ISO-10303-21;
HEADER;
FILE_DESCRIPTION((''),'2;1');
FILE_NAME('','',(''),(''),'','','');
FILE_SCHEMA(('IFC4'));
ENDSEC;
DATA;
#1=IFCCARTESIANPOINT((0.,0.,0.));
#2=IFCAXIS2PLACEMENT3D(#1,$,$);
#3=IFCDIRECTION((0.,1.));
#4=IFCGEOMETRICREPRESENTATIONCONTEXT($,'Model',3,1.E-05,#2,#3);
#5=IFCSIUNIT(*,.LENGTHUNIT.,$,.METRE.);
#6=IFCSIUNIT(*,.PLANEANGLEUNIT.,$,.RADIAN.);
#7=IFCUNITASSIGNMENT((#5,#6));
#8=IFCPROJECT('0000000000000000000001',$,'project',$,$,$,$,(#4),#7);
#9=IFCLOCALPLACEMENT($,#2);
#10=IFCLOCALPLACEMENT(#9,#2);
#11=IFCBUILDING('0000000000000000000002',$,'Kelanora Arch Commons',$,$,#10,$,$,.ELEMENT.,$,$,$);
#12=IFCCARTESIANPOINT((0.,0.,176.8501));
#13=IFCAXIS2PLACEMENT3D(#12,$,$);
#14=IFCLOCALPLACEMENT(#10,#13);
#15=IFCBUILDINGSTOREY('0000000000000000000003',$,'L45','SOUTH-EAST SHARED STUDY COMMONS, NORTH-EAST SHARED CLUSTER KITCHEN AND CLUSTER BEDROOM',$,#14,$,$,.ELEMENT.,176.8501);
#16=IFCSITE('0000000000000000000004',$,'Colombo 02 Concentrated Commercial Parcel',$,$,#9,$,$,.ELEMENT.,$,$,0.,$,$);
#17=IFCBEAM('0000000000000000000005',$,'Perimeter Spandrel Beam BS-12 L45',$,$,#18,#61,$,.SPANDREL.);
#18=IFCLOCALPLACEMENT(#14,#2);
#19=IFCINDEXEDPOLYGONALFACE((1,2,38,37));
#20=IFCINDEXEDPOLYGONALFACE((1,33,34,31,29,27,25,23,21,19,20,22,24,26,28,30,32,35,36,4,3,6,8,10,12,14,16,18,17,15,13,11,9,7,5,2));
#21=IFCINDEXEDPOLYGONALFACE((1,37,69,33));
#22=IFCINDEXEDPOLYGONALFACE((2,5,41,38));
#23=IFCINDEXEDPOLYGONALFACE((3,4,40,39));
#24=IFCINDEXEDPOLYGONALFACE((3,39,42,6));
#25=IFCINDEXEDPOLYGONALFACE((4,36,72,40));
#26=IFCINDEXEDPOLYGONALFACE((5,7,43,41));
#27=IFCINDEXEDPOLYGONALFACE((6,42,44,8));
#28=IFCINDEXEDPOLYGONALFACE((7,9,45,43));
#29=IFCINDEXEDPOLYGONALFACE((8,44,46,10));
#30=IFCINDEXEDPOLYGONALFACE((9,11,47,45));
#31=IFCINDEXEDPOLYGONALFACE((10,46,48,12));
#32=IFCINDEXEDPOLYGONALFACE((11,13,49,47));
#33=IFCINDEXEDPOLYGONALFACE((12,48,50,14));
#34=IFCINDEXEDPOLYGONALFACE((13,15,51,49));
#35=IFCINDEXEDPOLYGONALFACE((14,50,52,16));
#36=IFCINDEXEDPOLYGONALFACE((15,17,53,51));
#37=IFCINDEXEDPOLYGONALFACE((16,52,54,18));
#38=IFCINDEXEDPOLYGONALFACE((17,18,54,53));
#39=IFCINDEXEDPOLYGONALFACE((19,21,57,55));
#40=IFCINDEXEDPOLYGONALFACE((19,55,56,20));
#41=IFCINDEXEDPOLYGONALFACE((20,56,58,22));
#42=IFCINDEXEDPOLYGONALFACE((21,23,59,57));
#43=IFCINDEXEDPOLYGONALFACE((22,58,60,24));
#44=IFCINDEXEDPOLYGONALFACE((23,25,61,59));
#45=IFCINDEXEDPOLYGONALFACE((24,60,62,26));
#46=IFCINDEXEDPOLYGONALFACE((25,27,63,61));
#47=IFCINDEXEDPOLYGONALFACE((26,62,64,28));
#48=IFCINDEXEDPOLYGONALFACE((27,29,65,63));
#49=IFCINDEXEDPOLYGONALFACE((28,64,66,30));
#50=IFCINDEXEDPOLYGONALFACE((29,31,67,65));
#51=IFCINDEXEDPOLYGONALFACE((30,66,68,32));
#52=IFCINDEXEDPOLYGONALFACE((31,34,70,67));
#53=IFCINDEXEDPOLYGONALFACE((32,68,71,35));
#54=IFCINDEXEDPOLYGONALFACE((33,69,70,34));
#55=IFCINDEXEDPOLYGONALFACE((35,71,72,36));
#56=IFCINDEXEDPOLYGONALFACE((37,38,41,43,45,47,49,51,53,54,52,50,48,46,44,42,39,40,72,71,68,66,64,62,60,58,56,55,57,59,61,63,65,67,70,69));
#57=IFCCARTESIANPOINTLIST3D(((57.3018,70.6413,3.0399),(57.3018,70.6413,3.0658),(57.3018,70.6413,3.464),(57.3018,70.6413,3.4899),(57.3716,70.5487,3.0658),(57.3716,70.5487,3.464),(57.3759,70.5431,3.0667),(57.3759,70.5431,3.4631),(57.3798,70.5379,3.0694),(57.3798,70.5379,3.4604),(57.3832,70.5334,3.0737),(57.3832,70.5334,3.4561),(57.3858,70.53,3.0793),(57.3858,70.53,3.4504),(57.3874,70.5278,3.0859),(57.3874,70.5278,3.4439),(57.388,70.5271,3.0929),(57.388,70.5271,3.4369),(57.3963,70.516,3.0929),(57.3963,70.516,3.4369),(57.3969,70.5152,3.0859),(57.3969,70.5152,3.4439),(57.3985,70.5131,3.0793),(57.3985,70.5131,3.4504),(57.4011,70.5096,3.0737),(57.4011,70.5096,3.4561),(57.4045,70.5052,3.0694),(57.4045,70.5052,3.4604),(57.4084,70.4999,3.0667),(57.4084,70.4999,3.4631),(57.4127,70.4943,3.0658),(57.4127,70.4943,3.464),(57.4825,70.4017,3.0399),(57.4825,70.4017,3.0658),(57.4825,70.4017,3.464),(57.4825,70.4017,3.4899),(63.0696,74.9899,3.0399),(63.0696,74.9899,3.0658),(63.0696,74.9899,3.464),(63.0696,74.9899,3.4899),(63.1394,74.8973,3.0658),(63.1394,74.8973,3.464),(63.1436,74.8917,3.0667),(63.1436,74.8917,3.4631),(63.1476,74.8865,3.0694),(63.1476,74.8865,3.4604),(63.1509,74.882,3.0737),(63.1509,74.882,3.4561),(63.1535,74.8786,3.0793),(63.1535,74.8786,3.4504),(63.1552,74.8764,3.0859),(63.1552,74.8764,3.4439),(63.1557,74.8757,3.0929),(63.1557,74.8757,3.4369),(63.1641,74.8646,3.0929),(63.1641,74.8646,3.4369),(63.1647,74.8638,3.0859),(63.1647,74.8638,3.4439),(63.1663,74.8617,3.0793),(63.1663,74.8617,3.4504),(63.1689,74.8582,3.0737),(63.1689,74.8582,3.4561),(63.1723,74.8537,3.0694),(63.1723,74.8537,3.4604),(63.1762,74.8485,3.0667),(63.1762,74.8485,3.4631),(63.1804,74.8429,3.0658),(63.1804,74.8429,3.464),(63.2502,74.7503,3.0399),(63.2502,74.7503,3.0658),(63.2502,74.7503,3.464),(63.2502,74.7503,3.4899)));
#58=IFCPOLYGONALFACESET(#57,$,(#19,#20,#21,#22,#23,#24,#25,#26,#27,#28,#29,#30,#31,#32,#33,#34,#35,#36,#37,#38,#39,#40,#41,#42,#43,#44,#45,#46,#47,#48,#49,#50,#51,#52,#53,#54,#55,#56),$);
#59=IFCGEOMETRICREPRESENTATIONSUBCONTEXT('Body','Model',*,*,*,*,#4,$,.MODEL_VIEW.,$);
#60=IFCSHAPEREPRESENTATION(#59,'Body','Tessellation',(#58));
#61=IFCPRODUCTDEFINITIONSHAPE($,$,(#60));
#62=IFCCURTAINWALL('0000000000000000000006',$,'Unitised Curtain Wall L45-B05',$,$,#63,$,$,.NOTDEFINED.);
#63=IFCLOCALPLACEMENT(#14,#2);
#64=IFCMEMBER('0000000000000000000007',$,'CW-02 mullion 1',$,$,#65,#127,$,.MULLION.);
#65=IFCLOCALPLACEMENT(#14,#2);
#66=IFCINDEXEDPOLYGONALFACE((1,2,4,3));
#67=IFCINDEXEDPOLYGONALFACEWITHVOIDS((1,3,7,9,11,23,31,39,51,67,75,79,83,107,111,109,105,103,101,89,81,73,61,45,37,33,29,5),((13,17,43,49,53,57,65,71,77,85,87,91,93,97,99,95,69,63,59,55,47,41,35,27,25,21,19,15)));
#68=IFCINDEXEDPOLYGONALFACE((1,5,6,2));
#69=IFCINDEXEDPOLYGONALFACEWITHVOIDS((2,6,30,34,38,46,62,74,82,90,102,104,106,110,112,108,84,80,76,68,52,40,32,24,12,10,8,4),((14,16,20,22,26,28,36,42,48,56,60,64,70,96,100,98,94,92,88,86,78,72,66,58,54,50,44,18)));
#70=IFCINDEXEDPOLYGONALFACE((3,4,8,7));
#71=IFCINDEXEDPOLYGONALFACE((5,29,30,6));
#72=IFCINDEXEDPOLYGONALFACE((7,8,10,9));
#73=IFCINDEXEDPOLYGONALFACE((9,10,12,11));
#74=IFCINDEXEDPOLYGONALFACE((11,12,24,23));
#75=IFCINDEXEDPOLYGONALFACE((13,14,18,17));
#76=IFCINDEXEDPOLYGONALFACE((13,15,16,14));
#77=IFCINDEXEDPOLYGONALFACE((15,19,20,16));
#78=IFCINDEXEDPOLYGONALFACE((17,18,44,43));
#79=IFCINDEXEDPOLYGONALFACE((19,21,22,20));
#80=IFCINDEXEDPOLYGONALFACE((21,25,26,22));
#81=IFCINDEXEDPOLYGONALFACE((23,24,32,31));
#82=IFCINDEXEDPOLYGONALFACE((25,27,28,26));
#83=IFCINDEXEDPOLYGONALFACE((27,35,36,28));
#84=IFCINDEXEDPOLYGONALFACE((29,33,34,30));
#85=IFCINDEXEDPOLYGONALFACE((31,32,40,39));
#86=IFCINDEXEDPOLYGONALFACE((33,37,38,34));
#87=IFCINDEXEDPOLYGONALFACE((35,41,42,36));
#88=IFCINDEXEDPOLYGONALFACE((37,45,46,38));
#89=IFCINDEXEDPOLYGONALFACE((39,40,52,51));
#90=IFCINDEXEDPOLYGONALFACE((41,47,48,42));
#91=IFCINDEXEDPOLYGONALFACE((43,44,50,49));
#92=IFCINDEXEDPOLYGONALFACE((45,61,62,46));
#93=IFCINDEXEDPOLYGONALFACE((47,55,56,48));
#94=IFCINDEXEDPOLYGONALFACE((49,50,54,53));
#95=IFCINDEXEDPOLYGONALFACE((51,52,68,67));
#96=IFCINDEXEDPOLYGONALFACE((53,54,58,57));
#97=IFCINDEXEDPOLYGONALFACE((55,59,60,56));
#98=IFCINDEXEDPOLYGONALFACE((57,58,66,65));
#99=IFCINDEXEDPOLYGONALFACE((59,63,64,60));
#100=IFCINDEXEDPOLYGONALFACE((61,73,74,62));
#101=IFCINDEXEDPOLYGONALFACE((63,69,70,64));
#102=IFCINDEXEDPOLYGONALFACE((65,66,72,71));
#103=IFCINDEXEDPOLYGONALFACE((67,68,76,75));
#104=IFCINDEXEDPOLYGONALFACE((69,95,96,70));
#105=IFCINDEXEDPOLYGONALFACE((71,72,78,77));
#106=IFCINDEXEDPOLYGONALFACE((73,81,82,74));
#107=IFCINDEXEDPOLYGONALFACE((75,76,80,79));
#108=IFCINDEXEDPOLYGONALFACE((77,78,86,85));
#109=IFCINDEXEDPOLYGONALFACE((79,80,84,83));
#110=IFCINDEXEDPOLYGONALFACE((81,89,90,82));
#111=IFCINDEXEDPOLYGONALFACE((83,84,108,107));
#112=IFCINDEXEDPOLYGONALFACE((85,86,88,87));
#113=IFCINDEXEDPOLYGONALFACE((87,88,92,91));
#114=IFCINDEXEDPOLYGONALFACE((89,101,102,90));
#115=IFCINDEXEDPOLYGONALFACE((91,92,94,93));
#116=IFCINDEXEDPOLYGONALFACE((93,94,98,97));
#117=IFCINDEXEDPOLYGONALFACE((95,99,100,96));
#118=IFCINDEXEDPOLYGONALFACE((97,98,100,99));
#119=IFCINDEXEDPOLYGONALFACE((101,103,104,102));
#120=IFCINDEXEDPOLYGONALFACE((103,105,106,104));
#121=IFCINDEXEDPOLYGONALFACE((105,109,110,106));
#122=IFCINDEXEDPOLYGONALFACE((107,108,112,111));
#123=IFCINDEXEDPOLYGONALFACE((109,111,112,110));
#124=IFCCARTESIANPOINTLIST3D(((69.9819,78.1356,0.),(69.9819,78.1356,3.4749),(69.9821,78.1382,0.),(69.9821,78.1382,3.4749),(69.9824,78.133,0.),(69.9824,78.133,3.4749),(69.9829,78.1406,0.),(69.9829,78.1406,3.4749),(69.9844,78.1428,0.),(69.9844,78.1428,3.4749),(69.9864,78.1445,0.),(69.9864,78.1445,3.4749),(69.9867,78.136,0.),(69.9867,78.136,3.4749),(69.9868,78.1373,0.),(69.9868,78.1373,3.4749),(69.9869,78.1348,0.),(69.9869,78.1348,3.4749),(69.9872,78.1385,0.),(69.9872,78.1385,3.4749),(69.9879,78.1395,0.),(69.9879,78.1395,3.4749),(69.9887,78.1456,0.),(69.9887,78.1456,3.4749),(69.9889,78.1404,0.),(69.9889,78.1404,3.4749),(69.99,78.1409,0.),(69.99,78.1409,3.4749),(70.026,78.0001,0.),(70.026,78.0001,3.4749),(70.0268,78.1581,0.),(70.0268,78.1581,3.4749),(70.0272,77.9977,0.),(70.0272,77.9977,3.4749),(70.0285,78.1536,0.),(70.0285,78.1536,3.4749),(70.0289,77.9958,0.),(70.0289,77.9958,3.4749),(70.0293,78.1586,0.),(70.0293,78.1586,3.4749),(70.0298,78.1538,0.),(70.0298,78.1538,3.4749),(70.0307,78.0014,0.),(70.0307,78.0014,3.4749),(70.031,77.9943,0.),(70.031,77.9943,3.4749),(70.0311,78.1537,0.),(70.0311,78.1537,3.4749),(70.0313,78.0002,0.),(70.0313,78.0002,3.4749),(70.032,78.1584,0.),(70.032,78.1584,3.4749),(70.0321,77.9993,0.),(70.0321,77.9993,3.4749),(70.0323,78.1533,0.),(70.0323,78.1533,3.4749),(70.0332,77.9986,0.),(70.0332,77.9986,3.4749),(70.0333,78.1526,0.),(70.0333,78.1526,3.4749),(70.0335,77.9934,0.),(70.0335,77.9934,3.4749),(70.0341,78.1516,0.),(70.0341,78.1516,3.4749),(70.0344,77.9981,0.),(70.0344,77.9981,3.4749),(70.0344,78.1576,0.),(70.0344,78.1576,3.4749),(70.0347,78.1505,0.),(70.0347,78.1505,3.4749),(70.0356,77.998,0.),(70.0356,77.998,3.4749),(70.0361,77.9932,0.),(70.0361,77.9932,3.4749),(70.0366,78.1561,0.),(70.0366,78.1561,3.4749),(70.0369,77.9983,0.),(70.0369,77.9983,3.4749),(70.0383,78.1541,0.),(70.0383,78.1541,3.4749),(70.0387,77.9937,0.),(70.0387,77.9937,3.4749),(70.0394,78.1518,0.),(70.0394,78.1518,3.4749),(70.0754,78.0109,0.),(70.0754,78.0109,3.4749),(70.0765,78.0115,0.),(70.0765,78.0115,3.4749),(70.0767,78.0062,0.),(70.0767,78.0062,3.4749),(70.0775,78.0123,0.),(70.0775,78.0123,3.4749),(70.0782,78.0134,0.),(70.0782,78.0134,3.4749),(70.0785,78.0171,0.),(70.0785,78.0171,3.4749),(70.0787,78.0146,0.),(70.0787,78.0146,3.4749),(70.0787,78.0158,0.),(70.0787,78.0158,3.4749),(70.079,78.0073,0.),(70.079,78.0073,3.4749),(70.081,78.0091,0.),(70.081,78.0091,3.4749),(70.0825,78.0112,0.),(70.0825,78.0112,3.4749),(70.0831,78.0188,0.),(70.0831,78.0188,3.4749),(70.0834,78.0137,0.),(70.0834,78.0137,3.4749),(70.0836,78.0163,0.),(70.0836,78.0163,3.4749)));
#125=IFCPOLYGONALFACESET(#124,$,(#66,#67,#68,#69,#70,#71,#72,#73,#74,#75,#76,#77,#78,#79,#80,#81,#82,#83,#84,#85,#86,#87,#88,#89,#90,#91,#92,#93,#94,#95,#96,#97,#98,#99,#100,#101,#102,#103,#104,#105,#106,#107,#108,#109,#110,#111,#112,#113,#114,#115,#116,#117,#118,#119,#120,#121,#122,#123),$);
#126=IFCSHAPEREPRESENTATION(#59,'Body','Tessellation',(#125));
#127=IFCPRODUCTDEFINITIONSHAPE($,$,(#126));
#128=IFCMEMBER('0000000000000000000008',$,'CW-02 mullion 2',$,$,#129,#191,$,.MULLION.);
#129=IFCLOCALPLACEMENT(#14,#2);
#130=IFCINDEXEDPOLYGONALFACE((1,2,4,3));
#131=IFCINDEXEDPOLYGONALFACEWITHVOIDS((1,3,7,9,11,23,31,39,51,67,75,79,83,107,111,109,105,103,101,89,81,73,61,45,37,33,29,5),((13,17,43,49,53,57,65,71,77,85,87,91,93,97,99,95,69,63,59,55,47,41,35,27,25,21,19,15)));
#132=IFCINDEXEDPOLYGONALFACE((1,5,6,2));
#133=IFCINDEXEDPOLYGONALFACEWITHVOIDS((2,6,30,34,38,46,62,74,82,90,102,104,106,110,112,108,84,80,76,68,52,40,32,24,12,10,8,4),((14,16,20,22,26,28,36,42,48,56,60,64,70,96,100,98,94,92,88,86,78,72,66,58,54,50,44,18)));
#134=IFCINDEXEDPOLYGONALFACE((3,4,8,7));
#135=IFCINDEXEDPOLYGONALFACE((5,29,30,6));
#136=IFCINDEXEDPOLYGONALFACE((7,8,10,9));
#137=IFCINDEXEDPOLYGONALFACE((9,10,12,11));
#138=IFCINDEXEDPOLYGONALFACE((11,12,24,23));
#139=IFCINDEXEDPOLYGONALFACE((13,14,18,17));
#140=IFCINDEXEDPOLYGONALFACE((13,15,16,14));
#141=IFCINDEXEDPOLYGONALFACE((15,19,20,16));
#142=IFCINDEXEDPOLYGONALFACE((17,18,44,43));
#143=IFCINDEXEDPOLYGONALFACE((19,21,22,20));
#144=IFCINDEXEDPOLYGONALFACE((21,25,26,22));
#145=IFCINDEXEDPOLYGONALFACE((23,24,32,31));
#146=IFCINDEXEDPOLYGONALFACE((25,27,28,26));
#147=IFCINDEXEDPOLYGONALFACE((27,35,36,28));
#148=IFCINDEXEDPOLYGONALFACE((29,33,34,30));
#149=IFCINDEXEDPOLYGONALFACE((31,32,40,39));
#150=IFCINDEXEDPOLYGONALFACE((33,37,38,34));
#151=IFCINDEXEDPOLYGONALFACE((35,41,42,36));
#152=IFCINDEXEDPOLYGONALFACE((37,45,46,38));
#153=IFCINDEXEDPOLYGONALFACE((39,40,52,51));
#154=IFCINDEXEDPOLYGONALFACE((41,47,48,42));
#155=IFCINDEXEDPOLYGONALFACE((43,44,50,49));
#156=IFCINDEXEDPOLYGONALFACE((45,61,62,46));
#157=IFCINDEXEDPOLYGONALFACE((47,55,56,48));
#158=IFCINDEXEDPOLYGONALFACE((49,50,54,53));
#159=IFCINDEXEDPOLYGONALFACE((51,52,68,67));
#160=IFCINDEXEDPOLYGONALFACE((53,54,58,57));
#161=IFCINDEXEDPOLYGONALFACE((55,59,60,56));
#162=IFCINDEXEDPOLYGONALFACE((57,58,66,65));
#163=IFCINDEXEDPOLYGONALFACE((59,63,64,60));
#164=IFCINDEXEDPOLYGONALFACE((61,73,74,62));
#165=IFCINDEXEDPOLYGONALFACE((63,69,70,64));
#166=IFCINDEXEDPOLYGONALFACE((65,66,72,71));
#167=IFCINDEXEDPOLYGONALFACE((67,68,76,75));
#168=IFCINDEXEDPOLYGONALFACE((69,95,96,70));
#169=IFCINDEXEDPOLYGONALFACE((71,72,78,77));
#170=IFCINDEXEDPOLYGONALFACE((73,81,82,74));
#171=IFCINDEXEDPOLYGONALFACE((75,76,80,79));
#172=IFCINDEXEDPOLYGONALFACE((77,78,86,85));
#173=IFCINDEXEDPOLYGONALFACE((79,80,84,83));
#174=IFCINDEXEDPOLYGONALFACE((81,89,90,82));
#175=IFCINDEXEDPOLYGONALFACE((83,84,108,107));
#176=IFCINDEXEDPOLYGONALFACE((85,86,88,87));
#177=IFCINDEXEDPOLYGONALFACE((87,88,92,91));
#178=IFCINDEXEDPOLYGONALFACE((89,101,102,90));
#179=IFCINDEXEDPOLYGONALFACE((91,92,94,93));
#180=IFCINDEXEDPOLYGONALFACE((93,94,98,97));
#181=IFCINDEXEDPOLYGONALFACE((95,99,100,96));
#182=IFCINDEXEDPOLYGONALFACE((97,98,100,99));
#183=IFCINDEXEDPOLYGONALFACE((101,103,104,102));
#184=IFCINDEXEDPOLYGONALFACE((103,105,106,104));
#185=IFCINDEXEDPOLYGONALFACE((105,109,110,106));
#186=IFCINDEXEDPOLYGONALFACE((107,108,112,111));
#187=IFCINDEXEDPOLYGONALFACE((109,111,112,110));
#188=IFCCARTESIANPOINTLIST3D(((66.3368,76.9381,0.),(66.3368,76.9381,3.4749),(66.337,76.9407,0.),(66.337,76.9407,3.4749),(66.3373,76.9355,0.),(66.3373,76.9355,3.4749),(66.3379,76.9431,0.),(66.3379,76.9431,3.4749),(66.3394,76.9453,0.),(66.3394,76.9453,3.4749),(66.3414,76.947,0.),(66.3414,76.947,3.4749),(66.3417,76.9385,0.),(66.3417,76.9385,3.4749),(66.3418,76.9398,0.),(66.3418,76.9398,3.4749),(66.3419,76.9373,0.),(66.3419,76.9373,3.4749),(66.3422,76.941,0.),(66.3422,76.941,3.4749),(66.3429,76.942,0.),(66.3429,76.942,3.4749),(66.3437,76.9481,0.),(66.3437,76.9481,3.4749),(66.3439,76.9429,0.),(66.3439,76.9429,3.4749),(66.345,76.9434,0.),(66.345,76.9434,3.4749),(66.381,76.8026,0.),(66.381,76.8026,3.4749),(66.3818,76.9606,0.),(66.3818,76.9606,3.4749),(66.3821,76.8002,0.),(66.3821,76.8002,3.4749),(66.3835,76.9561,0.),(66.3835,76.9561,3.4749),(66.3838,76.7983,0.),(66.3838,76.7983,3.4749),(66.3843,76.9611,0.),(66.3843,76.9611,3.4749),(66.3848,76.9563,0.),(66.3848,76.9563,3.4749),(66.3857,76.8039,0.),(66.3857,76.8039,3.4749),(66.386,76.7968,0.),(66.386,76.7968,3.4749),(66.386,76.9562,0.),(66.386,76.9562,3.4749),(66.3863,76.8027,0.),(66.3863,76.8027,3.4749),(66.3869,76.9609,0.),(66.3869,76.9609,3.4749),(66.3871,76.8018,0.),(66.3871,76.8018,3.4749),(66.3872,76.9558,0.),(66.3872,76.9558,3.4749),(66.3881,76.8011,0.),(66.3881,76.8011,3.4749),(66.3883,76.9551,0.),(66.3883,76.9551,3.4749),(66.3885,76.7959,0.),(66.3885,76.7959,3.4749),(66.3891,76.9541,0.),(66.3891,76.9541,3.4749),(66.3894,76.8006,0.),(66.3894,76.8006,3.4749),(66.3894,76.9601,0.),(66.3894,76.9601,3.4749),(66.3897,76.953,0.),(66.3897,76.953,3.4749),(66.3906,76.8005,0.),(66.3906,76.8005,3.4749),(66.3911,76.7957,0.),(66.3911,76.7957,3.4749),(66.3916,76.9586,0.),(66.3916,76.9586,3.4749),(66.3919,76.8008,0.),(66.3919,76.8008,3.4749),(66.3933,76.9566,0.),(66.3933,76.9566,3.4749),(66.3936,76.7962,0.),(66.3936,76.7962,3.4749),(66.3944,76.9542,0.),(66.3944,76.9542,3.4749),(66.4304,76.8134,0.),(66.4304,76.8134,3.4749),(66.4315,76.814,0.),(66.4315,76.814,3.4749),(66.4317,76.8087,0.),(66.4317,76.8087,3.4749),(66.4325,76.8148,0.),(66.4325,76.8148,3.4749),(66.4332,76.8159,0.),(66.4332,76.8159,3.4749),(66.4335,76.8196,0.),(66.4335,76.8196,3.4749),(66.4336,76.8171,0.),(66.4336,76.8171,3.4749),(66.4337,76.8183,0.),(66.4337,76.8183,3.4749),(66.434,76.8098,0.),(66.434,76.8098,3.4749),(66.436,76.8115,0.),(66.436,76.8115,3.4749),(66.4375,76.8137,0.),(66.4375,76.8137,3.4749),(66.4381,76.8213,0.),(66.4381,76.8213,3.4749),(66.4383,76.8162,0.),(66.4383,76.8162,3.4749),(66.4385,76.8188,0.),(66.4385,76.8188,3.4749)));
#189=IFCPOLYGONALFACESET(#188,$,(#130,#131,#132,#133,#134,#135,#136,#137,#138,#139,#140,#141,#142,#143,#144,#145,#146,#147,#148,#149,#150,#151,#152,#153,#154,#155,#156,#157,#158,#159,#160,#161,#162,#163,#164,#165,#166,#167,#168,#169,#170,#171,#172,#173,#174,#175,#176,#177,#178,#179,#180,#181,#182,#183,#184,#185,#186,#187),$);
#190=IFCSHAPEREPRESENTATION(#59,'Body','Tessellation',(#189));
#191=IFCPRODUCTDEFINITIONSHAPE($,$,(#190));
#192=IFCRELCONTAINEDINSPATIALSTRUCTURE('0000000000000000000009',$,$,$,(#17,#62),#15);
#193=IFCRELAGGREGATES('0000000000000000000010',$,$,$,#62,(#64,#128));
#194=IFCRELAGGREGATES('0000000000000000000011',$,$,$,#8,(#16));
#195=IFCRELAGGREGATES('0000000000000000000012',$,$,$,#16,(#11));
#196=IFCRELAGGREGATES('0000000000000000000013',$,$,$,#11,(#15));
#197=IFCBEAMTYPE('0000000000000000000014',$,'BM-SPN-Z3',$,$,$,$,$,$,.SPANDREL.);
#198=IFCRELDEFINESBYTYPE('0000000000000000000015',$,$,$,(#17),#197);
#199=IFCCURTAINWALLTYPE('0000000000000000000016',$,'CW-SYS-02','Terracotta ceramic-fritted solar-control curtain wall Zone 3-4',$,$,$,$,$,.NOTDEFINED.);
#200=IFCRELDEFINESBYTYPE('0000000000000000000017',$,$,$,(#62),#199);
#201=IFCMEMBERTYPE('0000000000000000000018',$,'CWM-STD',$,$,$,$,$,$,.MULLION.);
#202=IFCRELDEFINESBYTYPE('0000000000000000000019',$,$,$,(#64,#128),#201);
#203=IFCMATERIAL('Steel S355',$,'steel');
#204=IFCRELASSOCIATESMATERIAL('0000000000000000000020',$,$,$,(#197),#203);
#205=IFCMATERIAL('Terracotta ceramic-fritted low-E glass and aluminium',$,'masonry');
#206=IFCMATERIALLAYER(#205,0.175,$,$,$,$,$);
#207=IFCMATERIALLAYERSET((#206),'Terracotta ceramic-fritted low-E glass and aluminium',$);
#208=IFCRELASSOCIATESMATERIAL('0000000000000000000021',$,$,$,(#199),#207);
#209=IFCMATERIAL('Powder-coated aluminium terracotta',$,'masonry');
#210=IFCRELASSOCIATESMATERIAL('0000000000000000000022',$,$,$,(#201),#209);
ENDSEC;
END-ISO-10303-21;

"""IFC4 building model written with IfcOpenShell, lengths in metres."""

from ifc_helpers import new_model, si_unit, direction, frame, origin, origin_2d, place, context, subcontext, project, spatial, hollow_rectangle, i_section, extrude, material, layer, layer_set, material_profile, profile_set, type_object, element, aggregate, save


model = new_model("IFC4")

# Units and contexts
model_context = context("Model", 3, precision=1e-05, world=origin(), true_north=direction((0.0, 1.0)))
body_context = subcontext(model_context, "Body", "Model", "MODEL_VIEW")
ifc_project = project(units=[si_unit("LENGTHUNIT", "METRE"), si_unit("PLANEANGLEUNIT", "RADIAN")], contexts=[model_context])

# Site, building, storey
site_placement = place(None, origin())
site = spatial("IfcSite", under=ifc_project, at=site_placement, Name="Colombo 02 Concentrated Commercial Parcel", CompositionType="ELEMENT", RefElevation=0.0)
building_placement = place(site_placement, origin())
building = spatial("IfcBuilding", under=site, at=building_placement, Name="Kelanora Arch Commons", CompositionType="ELEMENT")
storey_placement = place(building_placement, frame((0.0, 0.0, 176.8501)))
storey = spatial("IfcBuildingStorey", under=building, at=storey_placement, Name="L45", Description="SOUTH-EAST SHARED STUDY COMMONS, NORTH-EAST SHARED CLUSTER KITCHEN AND CLUSTER BEDROOM", CompositionType="ELEMENT", Elevation=176.8501)

# Beam
ifc_material_1 = material(Name="Steel S355", Category="steel")
ifc_material_profile_1 = material_profile(ifc_material_1, i_section(OverallWidth=0.3, OverallDepth=0.45, WebThickness=0.0139, FlangeThickness=0.0259, FilletRadius=0.0271, at=origin_2d()), Name="HEB450")
ifc_profile_set_1 = profile_set([ifc_material_profile_1], Name="Steel S355")
beam_type_1 = type_object("IfcBeamType", Name="BM-SPN-Z3", PredefinedType="SPANDREL", material=ifc_profile_set_1)
beam_1_placement = place(storey_placement, frame((63.1599, 74.8701, 3.2649), z_axis=(-0.798485, -0.602015, 0.0), x_axis=(0.602015, -0.798485, 0.0)))
element("IfcBeam", 1, at=beam_1_placement, inside=storey, type_object=beam_type_1, Name="Perimeter Spandrel Beam BS-12 L45", PredefinedType="SPANDREL", context=body_context, shape_type="SweptSolid", body=[
    extrude(i_section(OverallWidth=0.3, OverallDepth=0.45, WebThickness=0.0139, FlangeThickness=0.0259, FilletRadius=0.0271, at=origin_2d()), origin(), (0.0, 0.0, 1.0), 7.2234),
])

# Curtain wall, members
ifc_material_2 = material(Name="Terracotta ceramic-fritted low-E glass and aluminium", Category="masonry")
ifc_layer_1 = layer(ifc_material_2, 0.175)
ifc_layer_set_1 = layer_set([ifc_layer_1], Name="Terracotta ceramic-fritted low-E glass and aluminium")
curtain_wall_type = type_object("IfcCurtainWallType", Name="CW-SYS-02", Description="Terracotta ceramic-fritted solar-control curtain wall Zone 3-4", PredefinedType="NOTDEFINED", material=ifc_layer_set_1)
curtain_wall_placement = place(storey_placement, origin())
curtain_wall = element("IfcCurtainWall", 2, at=curtain_wall_placement, inside=storey, type_object=curtain_wall_type, Name="Unitised Curtain Wall L45-B05", PredefinedType="NOTDEFINED")
ifc_material_3 = material(Name="Powder-coated aluminium terracotta", Category="masonry")
ifc_material_profile_2 = material_profile(ifc_material_3, hollow_rectangle(XDim=0.1599, YDim=0.0601, WallThickness=0.0049, InnerFilletRadius=0.0049, OuterFilletRadius=0.01, at=origin_2d()), Name="CWM160x60")
ifc_profile_set_2 = profile_set([ifc_material_profile_2], Name="Powder-coated aluminium terracotta")
member_type_1 = type_object("IfcMemberType", Name="CWM-STD", PredefinedType="MULLION", material=ifc_profile_set_2)
member_1_placement = place(storey_placement, frame((70.0327, 78.0759, 0.0), z_axis=(0.0, 0.0, 1.0), x_axis=(0.312128, -0.95004, 0.0)))
member_1 = element("IfcMember", 3, at=member_1_placement, type_object=member_type_1, Name="CW-02 mullion 1", PredefinedType="MULLION", context=body_context, shape_type="SweptSolid", body=[
    extrude(hollow_rectangle(XDim=0.1599, YDim=0.0601, WallThickness=0.0049, InnerFilletRadius=0.0049, OuterFilletRadius=0.01, at=origin_2d()), origin(), (0.0, 0.0, 1.0), 3.4749),
])
member_2_placement = place(storey_placement, frame((66.3877, 76.8784, 0.0), z_axis=(0.0, 0.0, 1.0), x_axis=(0.312128, -0.95004, 0.0)))
member_2 = element("IfcMember", 4, at=member_2_placement, type_object=member_type_1, Name="CW-02 mullion 2", PredefinedType="MULLION", context=body_context, shape_type="SweptSolid", body=[
    extrude(hollow_rectangle(XDim=0.1599, YDim=0.0601, WallThickness=0.0049, InnerFilletRadius=0.0049, OuterFilletRadius=0.01, at=origin_2d()), origin(), (0.0, 0.0, 1.0), 3.4749),
])
aggregate(curtain_wall, [member_1, member_2])

save(model, "model.ifc")
